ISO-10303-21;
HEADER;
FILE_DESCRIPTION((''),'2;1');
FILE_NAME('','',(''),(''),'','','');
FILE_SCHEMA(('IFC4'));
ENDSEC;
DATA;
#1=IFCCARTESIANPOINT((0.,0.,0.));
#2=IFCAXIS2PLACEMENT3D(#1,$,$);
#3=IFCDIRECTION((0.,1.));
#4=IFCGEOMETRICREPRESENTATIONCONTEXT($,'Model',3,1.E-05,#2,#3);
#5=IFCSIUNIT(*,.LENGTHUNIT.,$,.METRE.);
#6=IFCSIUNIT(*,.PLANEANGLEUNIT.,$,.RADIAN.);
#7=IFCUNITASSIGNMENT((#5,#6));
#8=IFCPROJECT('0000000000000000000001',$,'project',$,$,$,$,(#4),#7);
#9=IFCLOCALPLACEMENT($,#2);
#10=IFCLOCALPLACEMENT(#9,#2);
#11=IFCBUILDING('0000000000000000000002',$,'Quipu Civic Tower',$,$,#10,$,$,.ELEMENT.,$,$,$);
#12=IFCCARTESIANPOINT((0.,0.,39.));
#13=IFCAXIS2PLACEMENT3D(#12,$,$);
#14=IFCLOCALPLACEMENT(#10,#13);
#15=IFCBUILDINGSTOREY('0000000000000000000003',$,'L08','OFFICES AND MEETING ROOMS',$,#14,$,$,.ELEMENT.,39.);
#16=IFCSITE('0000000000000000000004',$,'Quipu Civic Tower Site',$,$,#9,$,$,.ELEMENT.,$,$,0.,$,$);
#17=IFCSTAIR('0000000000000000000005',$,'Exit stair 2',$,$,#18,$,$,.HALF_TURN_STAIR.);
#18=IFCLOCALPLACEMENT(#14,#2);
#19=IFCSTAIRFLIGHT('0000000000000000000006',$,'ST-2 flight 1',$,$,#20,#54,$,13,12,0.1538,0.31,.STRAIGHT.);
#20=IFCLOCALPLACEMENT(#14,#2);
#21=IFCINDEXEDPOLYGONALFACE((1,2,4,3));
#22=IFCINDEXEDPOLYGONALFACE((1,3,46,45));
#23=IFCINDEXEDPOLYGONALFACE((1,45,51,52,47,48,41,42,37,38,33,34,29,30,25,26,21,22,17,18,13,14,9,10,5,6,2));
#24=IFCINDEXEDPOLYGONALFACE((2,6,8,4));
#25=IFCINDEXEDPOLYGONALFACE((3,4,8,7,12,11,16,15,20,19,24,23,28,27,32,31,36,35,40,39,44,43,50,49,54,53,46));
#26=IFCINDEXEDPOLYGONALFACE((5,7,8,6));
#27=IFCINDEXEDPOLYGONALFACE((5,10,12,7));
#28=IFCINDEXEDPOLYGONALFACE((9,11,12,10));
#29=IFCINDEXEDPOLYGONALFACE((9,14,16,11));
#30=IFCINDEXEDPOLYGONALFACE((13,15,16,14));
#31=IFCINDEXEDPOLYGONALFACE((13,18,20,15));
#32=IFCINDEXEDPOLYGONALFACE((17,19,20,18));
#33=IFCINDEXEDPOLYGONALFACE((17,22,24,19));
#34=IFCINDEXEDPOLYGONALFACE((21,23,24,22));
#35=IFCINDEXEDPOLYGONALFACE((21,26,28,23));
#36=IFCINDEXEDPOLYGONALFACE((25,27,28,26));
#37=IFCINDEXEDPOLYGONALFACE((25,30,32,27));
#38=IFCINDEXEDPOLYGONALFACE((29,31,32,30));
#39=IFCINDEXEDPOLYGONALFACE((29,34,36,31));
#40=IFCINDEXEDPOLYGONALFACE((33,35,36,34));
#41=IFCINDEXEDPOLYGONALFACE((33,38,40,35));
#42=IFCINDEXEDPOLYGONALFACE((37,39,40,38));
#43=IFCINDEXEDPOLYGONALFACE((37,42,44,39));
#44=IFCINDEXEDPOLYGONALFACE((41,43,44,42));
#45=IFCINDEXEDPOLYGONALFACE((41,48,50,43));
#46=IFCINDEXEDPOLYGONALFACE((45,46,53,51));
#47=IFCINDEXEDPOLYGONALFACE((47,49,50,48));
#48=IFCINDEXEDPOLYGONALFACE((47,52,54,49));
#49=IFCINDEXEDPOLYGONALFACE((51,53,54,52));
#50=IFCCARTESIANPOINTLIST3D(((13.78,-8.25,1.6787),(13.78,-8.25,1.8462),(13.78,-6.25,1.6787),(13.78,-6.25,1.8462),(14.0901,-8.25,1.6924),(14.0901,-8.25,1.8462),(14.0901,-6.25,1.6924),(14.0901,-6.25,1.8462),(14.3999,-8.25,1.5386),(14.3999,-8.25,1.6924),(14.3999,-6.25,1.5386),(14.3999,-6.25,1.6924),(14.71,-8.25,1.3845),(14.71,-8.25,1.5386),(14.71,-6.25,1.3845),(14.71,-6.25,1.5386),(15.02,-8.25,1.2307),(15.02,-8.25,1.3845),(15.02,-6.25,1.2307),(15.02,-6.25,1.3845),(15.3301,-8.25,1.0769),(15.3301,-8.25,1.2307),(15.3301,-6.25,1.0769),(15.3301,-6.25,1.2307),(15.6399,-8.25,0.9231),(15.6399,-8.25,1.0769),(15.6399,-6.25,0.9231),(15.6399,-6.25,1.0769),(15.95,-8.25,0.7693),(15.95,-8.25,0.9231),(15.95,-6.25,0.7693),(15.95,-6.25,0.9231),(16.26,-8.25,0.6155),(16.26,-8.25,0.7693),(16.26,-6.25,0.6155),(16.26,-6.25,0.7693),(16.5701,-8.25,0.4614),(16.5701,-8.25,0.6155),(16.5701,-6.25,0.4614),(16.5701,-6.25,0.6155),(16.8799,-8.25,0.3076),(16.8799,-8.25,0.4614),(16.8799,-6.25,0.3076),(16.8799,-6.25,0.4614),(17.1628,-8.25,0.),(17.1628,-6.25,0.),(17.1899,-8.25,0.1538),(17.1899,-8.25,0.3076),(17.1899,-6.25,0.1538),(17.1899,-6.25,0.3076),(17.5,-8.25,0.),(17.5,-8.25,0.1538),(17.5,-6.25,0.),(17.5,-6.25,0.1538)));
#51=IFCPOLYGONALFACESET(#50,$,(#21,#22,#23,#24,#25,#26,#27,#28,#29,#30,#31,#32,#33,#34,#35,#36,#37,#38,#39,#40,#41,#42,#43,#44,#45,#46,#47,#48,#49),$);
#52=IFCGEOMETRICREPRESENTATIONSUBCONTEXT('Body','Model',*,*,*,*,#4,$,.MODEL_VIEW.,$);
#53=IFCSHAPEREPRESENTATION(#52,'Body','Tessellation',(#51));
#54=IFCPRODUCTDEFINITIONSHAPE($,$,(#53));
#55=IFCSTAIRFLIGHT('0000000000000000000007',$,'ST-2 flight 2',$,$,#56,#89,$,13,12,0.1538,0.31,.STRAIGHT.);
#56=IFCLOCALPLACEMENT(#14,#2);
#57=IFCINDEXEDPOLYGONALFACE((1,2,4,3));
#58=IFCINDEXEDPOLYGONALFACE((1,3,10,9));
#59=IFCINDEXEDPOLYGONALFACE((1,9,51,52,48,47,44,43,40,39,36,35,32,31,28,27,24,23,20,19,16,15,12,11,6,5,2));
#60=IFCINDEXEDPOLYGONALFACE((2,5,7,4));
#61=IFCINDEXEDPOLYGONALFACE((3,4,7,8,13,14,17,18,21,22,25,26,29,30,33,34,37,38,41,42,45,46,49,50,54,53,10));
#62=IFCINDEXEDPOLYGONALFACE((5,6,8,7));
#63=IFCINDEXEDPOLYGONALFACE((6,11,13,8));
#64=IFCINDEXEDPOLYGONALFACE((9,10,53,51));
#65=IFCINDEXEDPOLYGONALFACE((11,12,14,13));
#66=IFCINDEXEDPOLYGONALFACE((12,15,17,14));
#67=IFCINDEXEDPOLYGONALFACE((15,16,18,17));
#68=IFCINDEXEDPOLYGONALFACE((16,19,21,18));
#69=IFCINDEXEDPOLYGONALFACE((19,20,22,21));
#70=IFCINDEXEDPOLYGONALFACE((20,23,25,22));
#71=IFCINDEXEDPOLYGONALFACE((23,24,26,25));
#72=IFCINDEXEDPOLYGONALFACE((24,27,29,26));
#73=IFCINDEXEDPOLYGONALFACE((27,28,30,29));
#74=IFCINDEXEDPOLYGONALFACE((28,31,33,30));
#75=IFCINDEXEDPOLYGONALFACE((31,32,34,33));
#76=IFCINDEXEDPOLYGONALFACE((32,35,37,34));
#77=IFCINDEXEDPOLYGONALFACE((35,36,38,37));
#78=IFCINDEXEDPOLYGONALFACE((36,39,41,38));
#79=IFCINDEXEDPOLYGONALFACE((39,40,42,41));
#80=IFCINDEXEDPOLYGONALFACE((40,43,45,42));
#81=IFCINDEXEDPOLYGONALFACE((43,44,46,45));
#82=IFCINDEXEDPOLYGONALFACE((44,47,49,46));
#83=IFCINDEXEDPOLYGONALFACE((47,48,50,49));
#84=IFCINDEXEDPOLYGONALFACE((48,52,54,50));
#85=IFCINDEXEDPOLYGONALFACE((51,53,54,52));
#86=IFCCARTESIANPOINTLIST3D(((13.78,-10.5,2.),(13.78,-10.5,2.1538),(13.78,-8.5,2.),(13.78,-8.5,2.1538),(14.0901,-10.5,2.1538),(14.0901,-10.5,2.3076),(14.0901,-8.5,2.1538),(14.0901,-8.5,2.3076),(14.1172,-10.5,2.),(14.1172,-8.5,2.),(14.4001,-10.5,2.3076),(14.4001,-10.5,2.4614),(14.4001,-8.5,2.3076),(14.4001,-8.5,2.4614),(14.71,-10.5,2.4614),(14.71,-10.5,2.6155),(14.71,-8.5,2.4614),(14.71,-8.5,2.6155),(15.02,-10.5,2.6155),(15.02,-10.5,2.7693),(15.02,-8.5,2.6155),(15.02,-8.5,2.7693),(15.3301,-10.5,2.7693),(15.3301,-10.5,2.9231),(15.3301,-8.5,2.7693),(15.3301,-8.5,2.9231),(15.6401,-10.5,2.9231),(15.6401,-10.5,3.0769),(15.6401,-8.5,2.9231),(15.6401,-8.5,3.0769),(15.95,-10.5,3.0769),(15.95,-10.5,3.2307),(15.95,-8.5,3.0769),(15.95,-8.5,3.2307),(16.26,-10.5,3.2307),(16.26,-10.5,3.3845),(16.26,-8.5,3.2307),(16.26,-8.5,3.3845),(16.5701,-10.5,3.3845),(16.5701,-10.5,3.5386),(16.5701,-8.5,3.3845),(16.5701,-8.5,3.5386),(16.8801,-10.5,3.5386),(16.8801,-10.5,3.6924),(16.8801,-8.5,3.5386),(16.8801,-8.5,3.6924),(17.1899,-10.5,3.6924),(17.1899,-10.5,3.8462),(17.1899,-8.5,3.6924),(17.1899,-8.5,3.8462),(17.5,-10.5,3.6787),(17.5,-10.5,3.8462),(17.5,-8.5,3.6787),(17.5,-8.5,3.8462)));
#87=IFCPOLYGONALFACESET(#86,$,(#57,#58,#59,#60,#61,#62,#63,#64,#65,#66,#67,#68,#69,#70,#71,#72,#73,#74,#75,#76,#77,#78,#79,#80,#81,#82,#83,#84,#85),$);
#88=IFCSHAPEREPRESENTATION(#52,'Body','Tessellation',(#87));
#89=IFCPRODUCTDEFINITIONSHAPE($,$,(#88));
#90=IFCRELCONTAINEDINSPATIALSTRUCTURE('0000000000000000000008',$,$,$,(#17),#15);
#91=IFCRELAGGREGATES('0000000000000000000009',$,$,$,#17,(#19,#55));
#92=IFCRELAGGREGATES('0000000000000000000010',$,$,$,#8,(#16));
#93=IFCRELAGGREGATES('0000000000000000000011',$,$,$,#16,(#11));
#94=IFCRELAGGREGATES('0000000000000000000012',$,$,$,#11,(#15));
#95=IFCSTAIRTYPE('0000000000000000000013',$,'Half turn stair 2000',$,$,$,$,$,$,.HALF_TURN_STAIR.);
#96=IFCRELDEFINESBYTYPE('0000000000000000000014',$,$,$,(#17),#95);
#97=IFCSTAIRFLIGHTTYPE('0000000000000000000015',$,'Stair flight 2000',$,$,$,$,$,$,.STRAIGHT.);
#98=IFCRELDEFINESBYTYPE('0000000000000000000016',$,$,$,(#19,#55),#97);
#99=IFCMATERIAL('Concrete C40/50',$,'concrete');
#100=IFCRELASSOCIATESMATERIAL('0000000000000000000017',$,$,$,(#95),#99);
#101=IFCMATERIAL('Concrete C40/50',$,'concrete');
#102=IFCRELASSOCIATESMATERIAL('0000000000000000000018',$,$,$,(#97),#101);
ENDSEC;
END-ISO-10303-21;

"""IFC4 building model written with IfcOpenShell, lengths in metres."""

from ifc_helpers import new_model, si_unit, direction, frame, origin, place, context, subcontext, project, spatial, polyline, outline, extrude, material, type_object, element, aggregate, save


model = new_model("IFC4")

# Units and contexts
model_context = context("Model", 3, precision=1e-05, world=origin(), true_north=direction((0.0, 1.0)))
body_context = subcontext(model_context, "Body", "Model", "MODEL_VIEW")
ifc_project = project(units=[si_unit("LENGTHUNIT", "METRE"), si_unit("PLANEANGLEUNIT", "RADIAN")], contexts=[model_context])

# Site, building, storey
site_placement = place(None, origin())
site = spatial("IfcSite", under=ifc_project, at=site_placement, Name="Quipu Civic Tower Site", CompositionType="ELEMENT", RefElevation=0.0)
building_placement = place(site_placement, origin())
building = spatial("IfcBuilding", under=site, at=building_placement, Name="Quipu Civic Tower", CompositionType="ELEMENT")
storey_placement = place(building_placement, frame((0.0, 0.0, 39.0)))
storey = spatial("IfcBuildingStorey", under=building, at=storey_placement, Name="L08", Description="OFFICES AND MEETING ROOMS", CompositionType="ELEMENT", Elevation=39.0)

# Stair, stair flights
ifc_material_1 = material(Name="Concrete C40/50", Category="concrete")
stair_type = type_object("IfcStairType", Name="Half turn stair 2000", PredefinedType="HALF_TURN_STAIR", material=ifc_material_1)
stair_placement = place(storey_placement, origin())
stair = element("IfcStair", 1, at=stair_placement, inside=storey, type_object=stair_type, Name="Exit stair 2", PredefinedType="HALF_TURN_STAIR")
ifc_material_2 = material(Name="Concrete C40/50", Category="concrete")
stair_flight_type = type_object("IfcStairFlightType", Name="Stair flight 2000", PredefinedType="STRAIGHT", material=ifc_material_2)
stair_flight_1_placement = place(storey_placement, frame((17.5, -7.25, 0.0), z_axis=(0.0, 0.0, 1.0), x_axis=(-1.0, 0.0, 0.0)))
stair_flight_1 = element("IfcStairFlight", 2, at=stair_flight_1_placement, type_object=stair_flight_type, Name="ST-2 flight 1", NumberOfRisers=13, NumberOfTreads=12, PredefinedType="STRAIGHT", RiserHeight=0.1538, TreadLength=0.31, context=body_context, shape_type="SweptSolid", body=[
    extrude(outline(polyline([(0.0, 0.0), (0.0, 0.1538), (0.3101, 0.1538), (0.3101, 0.3076), (0.6201, 0.3076), (0.6201, 0.4614), (0.9299, 0.4614), (0.9299, 0.6155), (1.24, 0.6155), (1.24, 0.7693), (1.55, 0.7693), (1.55, 0.9231), (1.8601, 0.9231), (1.8601, 1.0769), (2.1699, 1.0769), (2.1699, 1.2307), (2.48, 1.2307), (2.48, 1.3845), (2.79, 1.3845), (2.79, 1.5386), (3.1001, 1.5386), (3.1001, 1.6924), (3.4099, 1.6924), (3.4099, 1.8462), (3.72, 1.8462), (3.72, 2.0), (3.72, 1.6787), (0.3372, 0.0), (0.0, 0.0)])), frame((0.0, 1.0, 0.0), z_axis=(0.0, -1.0, 0.0), x_axis=(1.0, 0.0, 0.0)), (0.0, 0.0, 1.0), 2.0),
])
stair_flight_2_placement = place(storey_placement, frame((13.78, -9.5, 2.0), z_axis=(0.0, 0.0, 1.0), x_axis=(1.0, 0.0, 0.0)))
stair_flight_2 = element("IfcStairFlight", 3, at=stair_flight_2_placement, type_object=stair_flight_type, Name="ST-2 flight 2", NumberOfRisers=13, NumberOfTreads=12, PredefinedType="STRAIGHT", RiserHeight=0.1538, TreadLength=0.31, context=body_context, shape_type="SweptSolid", body=[
    extrude(outline(polyline([(0.0, 0.0), (0.0, 0.1538), (0.3101, 0.1538), (0.3101, 0.3076), (0.6201, 0.3076), (0.6201, 0.4614), (0.9299, 0.4614), (0.9299, 0.6155), (1.24, 0.6155), (1.24, 0.7693), (1.55, 0.7693), (1.55, 0.9231), (1.8601, 0.9231), (1.8601, 1.0769), (2.1699, 1.0769), (2.1699, 1.2307), (2.48, 1.2307), (2.48, 1.3845), (2.79, 1.3845), (2.79, 1.5386), (3.1001, 1.5386), (3.1001, 1.6924), (3.4099, 1.6924), (3.4099, 1.8462), (3.72, 1.8462), (3.72, 2.0), (3.72, 1.6787), (0.3372, 0.0), (0.0, 0.0)])), frame((0.0, 1.0, 0.0), z_axis=(0.0, -1.0, 0.0), x_axis=(1.0, 0.0, 0.0)), (0.0, 0.0, 1.0), 2.0),
])
aggregate(stair, [stair_flight_1, stair_flight_2])

save(model, "model.ifc")
